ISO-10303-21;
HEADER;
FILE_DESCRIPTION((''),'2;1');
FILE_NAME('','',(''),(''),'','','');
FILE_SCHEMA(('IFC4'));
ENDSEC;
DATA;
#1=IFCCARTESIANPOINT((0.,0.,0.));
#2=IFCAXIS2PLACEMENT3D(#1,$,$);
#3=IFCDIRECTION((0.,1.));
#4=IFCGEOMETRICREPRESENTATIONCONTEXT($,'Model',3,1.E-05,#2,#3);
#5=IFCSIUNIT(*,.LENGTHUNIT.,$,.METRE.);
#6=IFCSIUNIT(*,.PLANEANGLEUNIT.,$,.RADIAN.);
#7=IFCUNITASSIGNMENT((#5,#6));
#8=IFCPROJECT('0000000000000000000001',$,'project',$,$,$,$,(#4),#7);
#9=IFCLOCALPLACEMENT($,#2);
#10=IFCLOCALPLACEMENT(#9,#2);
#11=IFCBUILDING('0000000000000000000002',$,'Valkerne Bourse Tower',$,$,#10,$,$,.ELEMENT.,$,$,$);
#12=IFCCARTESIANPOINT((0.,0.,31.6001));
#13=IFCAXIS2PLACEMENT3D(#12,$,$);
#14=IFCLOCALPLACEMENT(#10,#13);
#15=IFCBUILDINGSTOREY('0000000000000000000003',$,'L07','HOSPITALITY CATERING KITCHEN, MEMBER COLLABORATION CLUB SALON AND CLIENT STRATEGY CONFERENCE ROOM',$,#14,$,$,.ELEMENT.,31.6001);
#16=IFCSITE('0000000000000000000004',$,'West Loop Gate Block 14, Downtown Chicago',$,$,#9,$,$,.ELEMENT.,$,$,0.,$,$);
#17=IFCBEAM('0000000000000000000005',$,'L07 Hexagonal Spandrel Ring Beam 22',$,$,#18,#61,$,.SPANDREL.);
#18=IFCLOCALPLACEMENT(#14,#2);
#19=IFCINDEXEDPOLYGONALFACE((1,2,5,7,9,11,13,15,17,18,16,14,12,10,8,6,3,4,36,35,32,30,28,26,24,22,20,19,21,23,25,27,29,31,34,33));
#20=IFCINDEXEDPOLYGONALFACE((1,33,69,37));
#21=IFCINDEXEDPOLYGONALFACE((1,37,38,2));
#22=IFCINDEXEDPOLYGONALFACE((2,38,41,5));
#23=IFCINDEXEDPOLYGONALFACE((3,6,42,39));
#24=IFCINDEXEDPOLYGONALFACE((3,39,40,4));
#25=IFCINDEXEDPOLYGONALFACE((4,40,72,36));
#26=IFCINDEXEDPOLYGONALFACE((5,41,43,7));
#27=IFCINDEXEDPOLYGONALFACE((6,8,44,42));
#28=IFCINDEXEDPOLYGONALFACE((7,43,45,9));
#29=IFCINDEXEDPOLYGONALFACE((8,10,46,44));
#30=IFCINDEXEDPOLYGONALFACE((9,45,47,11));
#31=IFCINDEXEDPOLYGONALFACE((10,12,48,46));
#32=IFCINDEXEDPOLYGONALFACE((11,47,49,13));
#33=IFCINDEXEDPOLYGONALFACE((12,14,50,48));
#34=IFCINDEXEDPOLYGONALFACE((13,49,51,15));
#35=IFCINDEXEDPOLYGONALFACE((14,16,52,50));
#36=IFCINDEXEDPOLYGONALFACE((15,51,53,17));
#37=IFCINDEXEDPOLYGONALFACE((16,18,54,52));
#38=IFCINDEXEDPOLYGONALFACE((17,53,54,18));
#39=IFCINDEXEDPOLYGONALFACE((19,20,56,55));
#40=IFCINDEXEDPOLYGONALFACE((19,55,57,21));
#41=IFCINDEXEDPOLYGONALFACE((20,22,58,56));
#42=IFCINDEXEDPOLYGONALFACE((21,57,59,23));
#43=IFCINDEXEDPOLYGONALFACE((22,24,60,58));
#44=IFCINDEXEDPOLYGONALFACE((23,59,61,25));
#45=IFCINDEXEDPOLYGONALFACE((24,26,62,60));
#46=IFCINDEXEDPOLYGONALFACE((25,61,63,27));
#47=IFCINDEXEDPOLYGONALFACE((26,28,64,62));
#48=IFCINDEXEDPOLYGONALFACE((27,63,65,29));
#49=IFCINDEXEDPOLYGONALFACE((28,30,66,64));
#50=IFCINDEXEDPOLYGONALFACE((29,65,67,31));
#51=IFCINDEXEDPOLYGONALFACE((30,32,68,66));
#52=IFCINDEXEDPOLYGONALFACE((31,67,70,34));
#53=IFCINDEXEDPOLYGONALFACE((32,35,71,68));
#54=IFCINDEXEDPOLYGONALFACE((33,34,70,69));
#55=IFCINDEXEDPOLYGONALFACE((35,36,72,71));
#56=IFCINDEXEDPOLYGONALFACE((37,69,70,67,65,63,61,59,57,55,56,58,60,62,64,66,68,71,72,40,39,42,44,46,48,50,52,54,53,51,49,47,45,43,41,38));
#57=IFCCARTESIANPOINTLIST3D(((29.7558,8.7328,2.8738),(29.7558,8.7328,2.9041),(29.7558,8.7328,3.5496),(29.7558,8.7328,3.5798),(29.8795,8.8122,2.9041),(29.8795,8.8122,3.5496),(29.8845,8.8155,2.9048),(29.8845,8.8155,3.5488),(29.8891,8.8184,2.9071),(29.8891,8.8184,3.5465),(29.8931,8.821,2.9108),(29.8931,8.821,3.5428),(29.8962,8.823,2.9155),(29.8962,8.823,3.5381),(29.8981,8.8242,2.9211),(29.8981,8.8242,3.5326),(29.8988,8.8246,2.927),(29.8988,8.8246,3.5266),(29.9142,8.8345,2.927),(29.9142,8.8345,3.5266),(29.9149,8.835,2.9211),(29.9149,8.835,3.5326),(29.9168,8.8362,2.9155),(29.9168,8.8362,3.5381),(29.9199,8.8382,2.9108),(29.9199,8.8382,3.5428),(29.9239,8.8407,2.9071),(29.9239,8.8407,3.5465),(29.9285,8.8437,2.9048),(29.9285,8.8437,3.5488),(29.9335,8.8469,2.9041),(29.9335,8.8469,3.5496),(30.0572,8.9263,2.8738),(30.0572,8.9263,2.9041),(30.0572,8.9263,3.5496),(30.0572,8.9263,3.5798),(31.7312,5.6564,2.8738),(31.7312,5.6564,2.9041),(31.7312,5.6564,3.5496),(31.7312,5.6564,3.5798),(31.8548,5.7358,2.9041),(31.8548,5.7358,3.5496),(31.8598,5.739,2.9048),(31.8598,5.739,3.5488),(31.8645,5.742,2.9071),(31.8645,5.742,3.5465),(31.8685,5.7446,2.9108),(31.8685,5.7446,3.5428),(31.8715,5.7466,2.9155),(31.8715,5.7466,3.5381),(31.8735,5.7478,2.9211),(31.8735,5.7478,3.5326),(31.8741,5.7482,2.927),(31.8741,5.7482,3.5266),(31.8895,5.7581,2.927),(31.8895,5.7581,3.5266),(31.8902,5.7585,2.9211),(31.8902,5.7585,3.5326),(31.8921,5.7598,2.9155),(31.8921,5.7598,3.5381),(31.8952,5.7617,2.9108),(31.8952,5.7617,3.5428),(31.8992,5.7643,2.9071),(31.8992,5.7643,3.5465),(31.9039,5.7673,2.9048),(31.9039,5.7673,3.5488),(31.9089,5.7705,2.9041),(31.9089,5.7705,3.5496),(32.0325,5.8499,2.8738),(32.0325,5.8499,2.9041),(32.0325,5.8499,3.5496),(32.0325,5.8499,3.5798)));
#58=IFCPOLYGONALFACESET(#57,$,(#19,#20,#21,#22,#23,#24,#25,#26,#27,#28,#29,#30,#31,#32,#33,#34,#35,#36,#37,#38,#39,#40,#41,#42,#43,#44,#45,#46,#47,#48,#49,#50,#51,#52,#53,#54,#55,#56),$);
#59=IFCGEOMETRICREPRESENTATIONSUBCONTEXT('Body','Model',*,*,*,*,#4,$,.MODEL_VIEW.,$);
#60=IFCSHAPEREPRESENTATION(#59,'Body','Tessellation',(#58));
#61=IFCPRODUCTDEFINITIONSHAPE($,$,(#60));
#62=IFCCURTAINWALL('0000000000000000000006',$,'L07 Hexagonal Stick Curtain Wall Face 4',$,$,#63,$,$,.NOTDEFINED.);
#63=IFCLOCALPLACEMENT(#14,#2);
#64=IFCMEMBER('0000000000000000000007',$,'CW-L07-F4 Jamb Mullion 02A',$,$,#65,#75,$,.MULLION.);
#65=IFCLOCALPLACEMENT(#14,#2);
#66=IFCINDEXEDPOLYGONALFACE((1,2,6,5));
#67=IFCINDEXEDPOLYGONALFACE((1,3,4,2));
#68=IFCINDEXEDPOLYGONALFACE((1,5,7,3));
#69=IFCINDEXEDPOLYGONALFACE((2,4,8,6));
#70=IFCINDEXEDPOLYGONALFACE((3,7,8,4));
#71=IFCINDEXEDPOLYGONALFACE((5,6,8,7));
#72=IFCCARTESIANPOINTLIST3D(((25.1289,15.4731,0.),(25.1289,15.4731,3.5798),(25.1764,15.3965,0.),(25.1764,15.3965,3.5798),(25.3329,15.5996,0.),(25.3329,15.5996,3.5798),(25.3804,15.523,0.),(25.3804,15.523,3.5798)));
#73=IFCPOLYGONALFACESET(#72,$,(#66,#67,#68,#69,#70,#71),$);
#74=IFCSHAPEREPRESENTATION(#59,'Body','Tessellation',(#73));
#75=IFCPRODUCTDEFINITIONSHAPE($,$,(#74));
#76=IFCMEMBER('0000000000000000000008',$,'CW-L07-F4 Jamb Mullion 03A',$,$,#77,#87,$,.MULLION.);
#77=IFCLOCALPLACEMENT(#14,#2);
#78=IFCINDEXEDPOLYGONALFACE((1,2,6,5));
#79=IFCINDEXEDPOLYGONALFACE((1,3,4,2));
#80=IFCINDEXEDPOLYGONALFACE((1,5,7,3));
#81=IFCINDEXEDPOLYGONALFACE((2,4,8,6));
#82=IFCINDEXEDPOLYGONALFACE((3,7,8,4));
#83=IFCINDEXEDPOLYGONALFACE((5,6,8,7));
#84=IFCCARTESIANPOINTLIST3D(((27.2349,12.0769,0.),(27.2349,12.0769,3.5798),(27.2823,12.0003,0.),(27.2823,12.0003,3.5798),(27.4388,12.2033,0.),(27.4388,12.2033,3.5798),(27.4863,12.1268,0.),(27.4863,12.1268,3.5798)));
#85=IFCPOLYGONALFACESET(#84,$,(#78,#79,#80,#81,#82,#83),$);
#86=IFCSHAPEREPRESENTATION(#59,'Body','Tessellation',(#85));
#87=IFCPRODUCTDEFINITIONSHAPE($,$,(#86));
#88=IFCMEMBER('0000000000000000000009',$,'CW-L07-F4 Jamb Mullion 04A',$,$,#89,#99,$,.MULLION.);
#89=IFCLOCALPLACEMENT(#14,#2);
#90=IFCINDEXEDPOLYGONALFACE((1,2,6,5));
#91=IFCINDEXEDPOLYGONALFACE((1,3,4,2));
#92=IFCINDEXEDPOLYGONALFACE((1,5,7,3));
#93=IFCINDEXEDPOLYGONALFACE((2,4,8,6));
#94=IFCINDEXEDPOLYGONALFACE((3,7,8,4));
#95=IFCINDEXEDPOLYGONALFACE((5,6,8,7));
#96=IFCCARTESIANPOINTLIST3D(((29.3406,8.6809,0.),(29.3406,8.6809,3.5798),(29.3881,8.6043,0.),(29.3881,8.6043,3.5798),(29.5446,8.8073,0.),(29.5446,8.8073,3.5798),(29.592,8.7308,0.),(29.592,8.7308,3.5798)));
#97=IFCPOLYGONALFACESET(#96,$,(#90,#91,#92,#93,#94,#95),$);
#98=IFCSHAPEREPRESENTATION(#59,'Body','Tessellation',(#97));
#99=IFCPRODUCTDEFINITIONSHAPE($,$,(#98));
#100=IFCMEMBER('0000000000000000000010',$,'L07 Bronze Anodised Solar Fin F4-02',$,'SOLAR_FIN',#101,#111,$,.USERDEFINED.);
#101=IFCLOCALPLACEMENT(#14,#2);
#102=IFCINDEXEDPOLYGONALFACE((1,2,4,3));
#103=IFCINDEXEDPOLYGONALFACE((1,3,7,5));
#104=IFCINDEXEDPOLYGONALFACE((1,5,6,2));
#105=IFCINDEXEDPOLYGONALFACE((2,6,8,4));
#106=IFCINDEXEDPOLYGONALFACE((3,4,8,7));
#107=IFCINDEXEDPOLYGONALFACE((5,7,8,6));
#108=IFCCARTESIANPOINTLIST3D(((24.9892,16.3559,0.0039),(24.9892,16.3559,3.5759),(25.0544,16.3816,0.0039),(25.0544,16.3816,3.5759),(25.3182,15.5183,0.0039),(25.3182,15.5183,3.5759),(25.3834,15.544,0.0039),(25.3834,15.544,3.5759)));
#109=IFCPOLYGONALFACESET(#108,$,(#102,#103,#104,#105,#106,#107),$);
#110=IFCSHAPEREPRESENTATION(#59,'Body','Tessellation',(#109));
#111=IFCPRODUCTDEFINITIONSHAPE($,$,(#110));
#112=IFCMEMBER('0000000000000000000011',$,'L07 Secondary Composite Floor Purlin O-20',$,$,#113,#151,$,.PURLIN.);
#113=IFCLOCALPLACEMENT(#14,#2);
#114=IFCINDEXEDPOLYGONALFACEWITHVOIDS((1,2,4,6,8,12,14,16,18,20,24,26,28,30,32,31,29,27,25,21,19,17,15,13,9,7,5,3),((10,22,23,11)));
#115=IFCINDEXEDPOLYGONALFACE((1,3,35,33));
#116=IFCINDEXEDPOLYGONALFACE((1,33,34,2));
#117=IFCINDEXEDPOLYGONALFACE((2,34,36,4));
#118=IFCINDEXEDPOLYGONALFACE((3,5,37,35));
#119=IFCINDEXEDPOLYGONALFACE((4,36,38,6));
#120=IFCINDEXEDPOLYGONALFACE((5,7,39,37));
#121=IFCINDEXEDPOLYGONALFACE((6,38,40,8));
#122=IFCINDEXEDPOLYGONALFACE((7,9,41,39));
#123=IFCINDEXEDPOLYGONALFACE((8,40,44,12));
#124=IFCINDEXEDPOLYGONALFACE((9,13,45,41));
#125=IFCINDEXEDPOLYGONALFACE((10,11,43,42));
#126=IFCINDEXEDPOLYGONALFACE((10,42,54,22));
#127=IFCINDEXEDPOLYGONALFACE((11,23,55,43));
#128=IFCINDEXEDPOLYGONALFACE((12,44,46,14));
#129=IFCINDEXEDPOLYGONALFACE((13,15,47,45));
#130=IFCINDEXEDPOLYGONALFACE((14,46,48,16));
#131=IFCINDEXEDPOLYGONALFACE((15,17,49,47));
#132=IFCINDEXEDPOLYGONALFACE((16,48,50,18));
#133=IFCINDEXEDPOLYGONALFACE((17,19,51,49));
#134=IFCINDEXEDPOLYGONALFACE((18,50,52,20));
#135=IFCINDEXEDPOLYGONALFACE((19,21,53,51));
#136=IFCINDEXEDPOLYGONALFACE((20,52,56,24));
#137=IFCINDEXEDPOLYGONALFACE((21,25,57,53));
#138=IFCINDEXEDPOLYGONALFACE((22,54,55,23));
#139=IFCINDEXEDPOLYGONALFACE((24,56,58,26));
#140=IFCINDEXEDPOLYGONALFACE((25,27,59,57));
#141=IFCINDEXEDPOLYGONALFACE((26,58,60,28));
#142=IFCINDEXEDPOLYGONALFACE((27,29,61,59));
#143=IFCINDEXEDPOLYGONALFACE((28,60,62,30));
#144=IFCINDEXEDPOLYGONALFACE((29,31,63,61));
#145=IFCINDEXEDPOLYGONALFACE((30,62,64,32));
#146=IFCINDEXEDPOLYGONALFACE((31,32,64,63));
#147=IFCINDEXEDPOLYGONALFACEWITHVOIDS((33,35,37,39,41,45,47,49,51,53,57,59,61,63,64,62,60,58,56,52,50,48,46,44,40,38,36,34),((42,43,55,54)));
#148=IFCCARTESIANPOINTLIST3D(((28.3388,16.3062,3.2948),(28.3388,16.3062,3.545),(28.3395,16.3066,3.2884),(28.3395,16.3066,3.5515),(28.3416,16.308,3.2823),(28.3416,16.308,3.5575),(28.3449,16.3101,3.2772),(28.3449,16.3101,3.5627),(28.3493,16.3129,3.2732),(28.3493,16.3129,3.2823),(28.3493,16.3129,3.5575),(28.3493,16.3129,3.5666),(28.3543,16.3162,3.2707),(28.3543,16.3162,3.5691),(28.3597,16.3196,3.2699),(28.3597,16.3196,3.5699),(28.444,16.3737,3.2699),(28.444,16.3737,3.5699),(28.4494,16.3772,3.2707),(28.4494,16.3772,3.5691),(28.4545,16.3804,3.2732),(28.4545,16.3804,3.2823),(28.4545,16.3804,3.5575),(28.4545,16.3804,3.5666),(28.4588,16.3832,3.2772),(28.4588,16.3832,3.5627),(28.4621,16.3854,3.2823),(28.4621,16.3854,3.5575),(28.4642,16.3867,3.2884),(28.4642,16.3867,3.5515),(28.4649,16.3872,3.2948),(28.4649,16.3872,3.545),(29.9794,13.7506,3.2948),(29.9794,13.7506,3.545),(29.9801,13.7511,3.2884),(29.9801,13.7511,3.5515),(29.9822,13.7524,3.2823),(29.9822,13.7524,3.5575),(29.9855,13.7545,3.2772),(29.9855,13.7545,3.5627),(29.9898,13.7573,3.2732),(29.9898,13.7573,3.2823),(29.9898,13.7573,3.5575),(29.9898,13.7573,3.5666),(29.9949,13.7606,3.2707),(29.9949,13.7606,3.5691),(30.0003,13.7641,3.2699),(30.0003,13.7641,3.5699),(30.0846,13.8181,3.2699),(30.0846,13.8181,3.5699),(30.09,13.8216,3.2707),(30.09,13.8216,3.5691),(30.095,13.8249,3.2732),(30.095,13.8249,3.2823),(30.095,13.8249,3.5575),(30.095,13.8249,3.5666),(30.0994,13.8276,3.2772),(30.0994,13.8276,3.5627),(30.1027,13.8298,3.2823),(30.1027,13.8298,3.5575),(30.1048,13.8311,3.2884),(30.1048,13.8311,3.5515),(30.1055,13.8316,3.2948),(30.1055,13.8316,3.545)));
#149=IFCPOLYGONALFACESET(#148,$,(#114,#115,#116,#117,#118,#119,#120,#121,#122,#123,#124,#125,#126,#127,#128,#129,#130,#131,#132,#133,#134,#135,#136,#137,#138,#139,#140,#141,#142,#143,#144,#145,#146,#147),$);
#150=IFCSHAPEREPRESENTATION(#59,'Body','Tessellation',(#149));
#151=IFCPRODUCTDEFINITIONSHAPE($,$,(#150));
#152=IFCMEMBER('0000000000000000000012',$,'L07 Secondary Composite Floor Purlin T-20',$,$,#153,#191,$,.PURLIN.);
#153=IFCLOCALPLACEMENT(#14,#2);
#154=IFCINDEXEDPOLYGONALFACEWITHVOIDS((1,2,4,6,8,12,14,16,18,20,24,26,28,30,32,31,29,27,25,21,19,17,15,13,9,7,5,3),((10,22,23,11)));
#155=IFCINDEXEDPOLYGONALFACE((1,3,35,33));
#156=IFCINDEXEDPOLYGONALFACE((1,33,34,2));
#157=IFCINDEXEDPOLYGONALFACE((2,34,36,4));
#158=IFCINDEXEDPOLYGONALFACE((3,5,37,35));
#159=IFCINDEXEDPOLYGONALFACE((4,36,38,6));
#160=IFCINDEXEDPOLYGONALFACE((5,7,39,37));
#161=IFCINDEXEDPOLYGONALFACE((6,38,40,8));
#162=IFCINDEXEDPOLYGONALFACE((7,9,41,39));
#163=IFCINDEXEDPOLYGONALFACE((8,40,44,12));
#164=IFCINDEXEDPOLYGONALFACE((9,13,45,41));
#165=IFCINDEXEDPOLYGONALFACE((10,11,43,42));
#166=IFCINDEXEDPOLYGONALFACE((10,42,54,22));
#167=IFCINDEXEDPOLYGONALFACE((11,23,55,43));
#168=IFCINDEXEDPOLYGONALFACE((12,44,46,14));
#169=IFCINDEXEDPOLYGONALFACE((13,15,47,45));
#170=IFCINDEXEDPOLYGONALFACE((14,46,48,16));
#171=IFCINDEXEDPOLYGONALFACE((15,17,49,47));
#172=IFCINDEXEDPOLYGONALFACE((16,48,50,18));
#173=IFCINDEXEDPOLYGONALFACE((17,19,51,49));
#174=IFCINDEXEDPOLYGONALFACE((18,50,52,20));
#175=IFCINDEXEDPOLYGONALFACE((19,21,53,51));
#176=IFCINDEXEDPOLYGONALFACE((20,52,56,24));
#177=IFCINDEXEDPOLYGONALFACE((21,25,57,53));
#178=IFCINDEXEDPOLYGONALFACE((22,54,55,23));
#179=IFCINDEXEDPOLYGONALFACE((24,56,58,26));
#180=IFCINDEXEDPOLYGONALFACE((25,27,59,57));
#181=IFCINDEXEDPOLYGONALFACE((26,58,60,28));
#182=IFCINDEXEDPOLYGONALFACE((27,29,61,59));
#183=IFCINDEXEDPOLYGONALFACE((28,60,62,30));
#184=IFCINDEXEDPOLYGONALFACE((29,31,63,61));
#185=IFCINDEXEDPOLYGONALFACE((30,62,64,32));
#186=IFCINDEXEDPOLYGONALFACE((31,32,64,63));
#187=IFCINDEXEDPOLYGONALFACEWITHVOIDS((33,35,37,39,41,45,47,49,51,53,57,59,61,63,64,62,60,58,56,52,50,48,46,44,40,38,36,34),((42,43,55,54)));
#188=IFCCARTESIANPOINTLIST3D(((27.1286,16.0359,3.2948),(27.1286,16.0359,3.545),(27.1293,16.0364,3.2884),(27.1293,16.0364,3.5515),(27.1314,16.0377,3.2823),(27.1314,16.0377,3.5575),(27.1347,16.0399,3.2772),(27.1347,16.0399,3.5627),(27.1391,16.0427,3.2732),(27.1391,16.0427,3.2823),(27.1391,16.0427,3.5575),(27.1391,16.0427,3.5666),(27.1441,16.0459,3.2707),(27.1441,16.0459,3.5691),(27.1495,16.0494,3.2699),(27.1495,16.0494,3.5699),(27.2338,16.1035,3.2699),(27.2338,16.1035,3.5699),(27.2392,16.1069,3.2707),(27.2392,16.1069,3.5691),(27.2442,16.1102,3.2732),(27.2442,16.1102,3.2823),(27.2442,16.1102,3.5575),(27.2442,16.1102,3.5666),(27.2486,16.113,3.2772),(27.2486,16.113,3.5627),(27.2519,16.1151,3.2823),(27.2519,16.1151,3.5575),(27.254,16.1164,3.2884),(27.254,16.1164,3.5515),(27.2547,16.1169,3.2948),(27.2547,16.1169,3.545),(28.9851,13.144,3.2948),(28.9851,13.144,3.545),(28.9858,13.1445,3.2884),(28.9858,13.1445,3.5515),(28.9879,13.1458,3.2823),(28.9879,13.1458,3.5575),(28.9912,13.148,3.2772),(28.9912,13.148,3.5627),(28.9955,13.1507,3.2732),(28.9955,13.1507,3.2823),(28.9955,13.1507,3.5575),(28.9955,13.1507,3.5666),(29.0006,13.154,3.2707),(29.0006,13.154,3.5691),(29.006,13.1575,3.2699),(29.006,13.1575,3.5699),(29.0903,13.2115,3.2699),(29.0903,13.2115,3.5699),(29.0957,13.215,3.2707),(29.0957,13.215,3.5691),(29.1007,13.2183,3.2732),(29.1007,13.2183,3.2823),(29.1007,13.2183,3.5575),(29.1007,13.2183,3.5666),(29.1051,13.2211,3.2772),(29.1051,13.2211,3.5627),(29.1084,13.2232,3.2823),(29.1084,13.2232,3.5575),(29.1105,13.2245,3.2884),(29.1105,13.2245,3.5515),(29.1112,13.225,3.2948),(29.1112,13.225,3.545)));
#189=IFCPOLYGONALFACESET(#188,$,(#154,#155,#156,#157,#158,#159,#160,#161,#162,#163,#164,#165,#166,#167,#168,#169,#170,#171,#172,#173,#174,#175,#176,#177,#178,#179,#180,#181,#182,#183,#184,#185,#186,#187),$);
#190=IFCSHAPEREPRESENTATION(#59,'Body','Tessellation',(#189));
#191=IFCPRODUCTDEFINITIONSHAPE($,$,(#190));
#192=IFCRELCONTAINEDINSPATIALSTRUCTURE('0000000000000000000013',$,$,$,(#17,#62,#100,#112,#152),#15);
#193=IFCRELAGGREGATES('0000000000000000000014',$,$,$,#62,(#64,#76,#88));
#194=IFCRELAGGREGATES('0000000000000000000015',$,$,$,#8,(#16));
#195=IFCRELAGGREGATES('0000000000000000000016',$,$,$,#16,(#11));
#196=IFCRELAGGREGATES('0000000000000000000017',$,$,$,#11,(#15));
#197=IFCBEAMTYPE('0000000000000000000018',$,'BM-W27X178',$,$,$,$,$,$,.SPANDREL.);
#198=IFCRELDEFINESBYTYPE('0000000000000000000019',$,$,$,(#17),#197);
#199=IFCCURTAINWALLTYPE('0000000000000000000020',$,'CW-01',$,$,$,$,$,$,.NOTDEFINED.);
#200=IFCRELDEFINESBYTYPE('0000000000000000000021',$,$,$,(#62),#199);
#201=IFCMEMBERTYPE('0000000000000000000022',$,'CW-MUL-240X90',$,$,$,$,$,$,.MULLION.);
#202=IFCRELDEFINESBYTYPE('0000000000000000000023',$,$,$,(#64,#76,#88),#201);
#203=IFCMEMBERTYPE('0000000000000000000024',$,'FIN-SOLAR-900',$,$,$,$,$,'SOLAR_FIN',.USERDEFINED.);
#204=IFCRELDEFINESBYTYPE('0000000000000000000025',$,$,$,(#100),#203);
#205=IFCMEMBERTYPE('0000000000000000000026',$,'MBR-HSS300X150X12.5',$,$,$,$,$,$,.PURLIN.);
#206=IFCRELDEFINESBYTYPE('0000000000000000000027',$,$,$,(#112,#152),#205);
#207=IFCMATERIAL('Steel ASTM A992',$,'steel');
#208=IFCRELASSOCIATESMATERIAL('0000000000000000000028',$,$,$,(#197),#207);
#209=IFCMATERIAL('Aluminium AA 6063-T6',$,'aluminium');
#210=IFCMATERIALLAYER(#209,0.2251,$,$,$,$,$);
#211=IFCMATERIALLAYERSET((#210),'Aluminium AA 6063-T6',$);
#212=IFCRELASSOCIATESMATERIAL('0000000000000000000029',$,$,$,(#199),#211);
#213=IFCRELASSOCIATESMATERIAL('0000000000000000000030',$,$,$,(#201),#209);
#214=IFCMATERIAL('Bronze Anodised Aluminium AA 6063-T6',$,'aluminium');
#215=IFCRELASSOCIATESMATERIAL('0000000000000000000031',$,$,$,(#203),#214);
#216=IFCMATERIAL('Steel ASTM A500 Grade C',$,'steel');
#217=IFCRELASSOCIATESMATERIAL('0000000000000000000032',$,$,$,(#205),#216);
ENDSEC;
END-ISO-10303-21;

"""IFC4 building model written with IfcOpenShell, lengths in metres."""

from ifc_helpers import new_model, si_unit, direction, frame, origin, origin_2d, place, context, subcontext, project, spatial, rectangle, hollow_rectangle, i_section, extrude, material, layer, layer_set, material_profile, profile_set, type_object, element, aggregate, save


model = new_model("IFC4")

# Units and contexts
model_context = context("Model", 3, precision=1e-05, world=origin(), true_north=direction((0.0, 1.0)))
body_context = subcontext(model_context, "Body", "Model", "MODEL_VIEW")
ifc_project = project(units=[si_unit("LENGTHUNIT", "METRE"), si_unit("PLANEANGLEUNIT", "RADIAN")], contexts=[model_context])

# Site, building, storey
site_placement = place(None, origin())
site = spatial("IfcSite", under=ifc_project, at=site_placement, Name="West Loop Gate Block 14, Downtown Chicago", CompositionType="ELEMENT", RefElevation=0.0)
building_placement = place(site_placement, origin())
building = spatial("IfcBuilding", under=site, at=building_placement, Name="Valkerne Bourse Tower", CompositionType="ELEMENT")
storey_placement = place(building_placement, frame((0.0, 0.0, 31.6001)))
storey = spatial("IfcBuildingStorey", under=building, at=storey_placement, Name="L07", Description="HOSPITALITY CATERING KITCHEN, MEMBER COLLABORATION CLUB SALON AND CLIENT STRATEGY CONFERENCE ROOM", CompositionType="ELEMENT", Elevation=31.6001)

# Beam
ifc_material_1 = material(Name="Steel ASTM A992", Category="steel")
ifc_material_profile_1 = material_profile(ifc_material_1, i_section(OverallWidth=0.3582, OverallDepth=0.7061, WebThickness=0.0183, FlangeThickness=0.0303, FilletRadius=0.0229, at=origin_2d()), Name="W27X178")
ifc_profile_set_1 = profile_set([ifc_material_profile_1], Name="Steel ASTM A992")
beam_type_1 = type_object("IfcBeamType", Name="BM-W27X178", PredefinedType="SPANDREL", material=ifc_profile_set_1)
beam_1_placement = place(storey_placement, frame((29.9065, 8.8296, 3.2268), z_axis=(0.540302, -0.841471, 0.0), x_axis=(0.841471, 0.540302, 0.0)))
element("IfcBeam", 1, at=beam_1_placement, inside=storey, type_object=beam_type_1, Name="L07 Hexagonal Spandrel Ring Beam 22", PredefinedType="SPANDREL", context=body_context, shape_type="SweptSolid", body=[
    extrude(i_section(OverallWidth=0.3582, OverallDepth=0.7061, WebThickness=0.0183, FlangeThickness=0.0303, FilletRadius=0.0229, at=origin_2d()), origin(), (0.0, 0.0, 1.0), 3.656),
])

# Curtain wall, members
ifc_material_2 = material(Name="Aluminium AA 6063-T6", Category="aluminium")
ifc_layer_1 = layer(ifc_material_2, 0.2251)
ifc_layer_set_1 = layer_set([ifc_layer_1], Name="Aluminium AA 6063-T6")
curtain_wall_type = type_object("IfcCurtainWallType", Name="CW-01", PredefinedType="NOTDEFINED", material=ifc_layer_set_1)
curtain_wall_placement = place(storey_placement, origin())
curtain_wall = element("IfcCurtainWall", 2, at=curtain_wall_placement, inside=storey, type_object=curtain_wall_type, Name="L07 Hexagonal Stick Curtain Wall Face 4", PredefinedType="NOTDEFINED")
ifc_material_profile_2 = material_profile(ifc_material_2, rectangle(XDim=0.0901, YDim=0.24, at=origin_2d()), Name="CWM-90X240")
ifc_profile_set_2 = profile_set([ifc_material_profile_2], Name="Aluminium AA 6063-T6")
member_type_1 = type_object("IfcMemberType", Name="CW-MUL-240X90", PredefinedType="MULLION", material=ifc_profile_set_2)
member_1_placement = place(storey_placement, frame((25.2546, 15.498, 0.0), z_axis=(0.0, 0.0, 1.0), x_axis=(0.526968, -0.849885, 0.0)))
member_1 = element("IfcMember", 3, at=member_1_placement, type_object=member_type_1, Name="CW-L07-F4 Jamb Mullion 02A", PredefinedType="MULLION", context=body_context, shape_type="SweptSolid", body=[
    extrude(rectangle(XDim=0.0901, YDim=0.24, at=origin_2d()), origin(), (0.0, 0.0, 1.0), 3.5798),
])
member_2_placement = place(storey_placement, frame((27.3606, 12.1018, 0.0), z_axis=(0.0, 0.0, 1.0), x_axis=(0.52695, -0.849896, 0.0)))
member_2 = element("IfcMember", 4, at=member_2_placement, type_object=member_type_1, Name="CW-L07-F4 Jamb Mullion 03A", PredefinedType="MULLION", context=body_context, shape_type="SweptSolid", body=[
    extrude(rectangle(XDim=0.0901, YDim=0.24, at=origin_2d()), origin(), (0.0, 0.0, 1.0), 3.5798),
])
member_3_placement = place(storey_placement, frame((29.4663, 8.7058, 0.0), z_axis=(0.0, 0.0, 1.0), x_axis=(0.526961, -0.849889, 0.0)))
member_3 = element("IfcMember", 5, at=member_3_placement, type_object=member_type_1, Name="CW-L07-F4 Jamb Mullion 04A", PredefinedType="MULLION", context=body_context, shape_type="SweptSolid", body=[
    extrude(rectangle(XDim=0.0901, YDim=0.24, at=origin_2d()), origin(), (0.0, 0.0, 1.0), 3.5798),
])

# Members
ifc_material_3 = material(Name="Bronze Anodised Aluminium AA 6063-T6", Category="aluminium")
ifc_material_profile_3 = material_profile(ifc_material_3, rectangle(XDim=0.0701, YDim=0.8999, at=origin_2d()), Name="FIN-70X900")
ifc_profile_set_3 = profile_set([ifc_material_profile_3], Name="Bronze Anodised Aluminium AA 6063-T6")
member_type_2 = type_object("IfcMemberType", Name="FIN-SOLAR-900", ElementType="SOLAR_FIN", PredefinedType="USERDEFINED", material=ifc_profile_set_3)
member_4_placement = place(storey_placement, frame((25.1863, 15.95, 0.0039), z_axis=(0.0, 0.0, 1.0), x_axis=(-0.930762, -0.365626, 0.0)))
element("IfcMember", 6, at=member_4_placement, inside=storey, type_object=member_type_2, Name="L07 Bronze Anodised Solar Fin F4-02", ObjectType="SOLAR_FIN", PredefinedType="USERDEFINED", context=body_context, shape_type="SweptSolid", body=[
    extrude(rectangle(XDim=0.0701, YDim=0.8999, at=origin_2d()), origin(), (0.0, 0.0, 1.0), 3.572),
])
ifc_material_4 = material(Name="Steel ASTM A500 Grade C", Category="steel")
ifc_material_profile_4 = material_profile(ifc_material_4, hollow_rectangle(XDim=0.1499, YDim=0.3, WallThickness=0.0125, OuterFilletRadius=0.0249, at=origin_2d()), Name="HSS300X150X12.5")
ifc_profile_set_4 = profile_set([ifc_material_profile_4], Name="Steel ASTM A500 Grade C")
member_type_3 = type_object("IfcMemberType", Name="MBR-HSS300X150X12.5", PredefinedType="PURLIN", material=ifc_profile_set_4)
member_5_placement = place(storey_placement, frame((28.4019, 16.3467, 3.4199), z_axis=(0.540221, -0.841523, 0.0), x_axis=(0.841523, 0.540221, 0.0)))
element("IfcMember", 7, at=member_5_placement, inside=storey, type_object=member_type_3, Name="L07 Secondary Composite Floor Purlin O-20", PredefinedType="PURLIN", context=body_context, shape_type="SweptSolid", body=[
    extrude(hollow_rectangle(XDim=0.1499, YDim=0.3, WallThickness=0.0125, OuterFilletRadius=0.0249, at=origin_2d()), origin(), (0.0, 0.0, 1.0), 3.0369),
])
member_6_placement = place(storey_placement, frame((27.1917, 16.0764, 3.4199), z_axis=(0.540222, -0.841522, 0.0), x_axis=(0.841522, 0.540222, 0.0)))
element("IfcMember", 8, at=member_6_placement, inside=storey, type_object=member_type_3, Name="L07 Secondary Composite Floor Purlin T-20", PredefinedType="PURLIN", context=body_context, shape_type="SweptSolid", body=[
    extrude(hollow_rectangle(XDim=0.1499, YDim=0.3, WallThickness=0.0125, OuterFilletRadius=0.0249, at=origin_2d()), origin(), (0.0, 0.0, 1.0), 3.4365),
])

aggregate(curtain_wall, [member_1, member_2, member_3])

save(model, "model.ifc")
